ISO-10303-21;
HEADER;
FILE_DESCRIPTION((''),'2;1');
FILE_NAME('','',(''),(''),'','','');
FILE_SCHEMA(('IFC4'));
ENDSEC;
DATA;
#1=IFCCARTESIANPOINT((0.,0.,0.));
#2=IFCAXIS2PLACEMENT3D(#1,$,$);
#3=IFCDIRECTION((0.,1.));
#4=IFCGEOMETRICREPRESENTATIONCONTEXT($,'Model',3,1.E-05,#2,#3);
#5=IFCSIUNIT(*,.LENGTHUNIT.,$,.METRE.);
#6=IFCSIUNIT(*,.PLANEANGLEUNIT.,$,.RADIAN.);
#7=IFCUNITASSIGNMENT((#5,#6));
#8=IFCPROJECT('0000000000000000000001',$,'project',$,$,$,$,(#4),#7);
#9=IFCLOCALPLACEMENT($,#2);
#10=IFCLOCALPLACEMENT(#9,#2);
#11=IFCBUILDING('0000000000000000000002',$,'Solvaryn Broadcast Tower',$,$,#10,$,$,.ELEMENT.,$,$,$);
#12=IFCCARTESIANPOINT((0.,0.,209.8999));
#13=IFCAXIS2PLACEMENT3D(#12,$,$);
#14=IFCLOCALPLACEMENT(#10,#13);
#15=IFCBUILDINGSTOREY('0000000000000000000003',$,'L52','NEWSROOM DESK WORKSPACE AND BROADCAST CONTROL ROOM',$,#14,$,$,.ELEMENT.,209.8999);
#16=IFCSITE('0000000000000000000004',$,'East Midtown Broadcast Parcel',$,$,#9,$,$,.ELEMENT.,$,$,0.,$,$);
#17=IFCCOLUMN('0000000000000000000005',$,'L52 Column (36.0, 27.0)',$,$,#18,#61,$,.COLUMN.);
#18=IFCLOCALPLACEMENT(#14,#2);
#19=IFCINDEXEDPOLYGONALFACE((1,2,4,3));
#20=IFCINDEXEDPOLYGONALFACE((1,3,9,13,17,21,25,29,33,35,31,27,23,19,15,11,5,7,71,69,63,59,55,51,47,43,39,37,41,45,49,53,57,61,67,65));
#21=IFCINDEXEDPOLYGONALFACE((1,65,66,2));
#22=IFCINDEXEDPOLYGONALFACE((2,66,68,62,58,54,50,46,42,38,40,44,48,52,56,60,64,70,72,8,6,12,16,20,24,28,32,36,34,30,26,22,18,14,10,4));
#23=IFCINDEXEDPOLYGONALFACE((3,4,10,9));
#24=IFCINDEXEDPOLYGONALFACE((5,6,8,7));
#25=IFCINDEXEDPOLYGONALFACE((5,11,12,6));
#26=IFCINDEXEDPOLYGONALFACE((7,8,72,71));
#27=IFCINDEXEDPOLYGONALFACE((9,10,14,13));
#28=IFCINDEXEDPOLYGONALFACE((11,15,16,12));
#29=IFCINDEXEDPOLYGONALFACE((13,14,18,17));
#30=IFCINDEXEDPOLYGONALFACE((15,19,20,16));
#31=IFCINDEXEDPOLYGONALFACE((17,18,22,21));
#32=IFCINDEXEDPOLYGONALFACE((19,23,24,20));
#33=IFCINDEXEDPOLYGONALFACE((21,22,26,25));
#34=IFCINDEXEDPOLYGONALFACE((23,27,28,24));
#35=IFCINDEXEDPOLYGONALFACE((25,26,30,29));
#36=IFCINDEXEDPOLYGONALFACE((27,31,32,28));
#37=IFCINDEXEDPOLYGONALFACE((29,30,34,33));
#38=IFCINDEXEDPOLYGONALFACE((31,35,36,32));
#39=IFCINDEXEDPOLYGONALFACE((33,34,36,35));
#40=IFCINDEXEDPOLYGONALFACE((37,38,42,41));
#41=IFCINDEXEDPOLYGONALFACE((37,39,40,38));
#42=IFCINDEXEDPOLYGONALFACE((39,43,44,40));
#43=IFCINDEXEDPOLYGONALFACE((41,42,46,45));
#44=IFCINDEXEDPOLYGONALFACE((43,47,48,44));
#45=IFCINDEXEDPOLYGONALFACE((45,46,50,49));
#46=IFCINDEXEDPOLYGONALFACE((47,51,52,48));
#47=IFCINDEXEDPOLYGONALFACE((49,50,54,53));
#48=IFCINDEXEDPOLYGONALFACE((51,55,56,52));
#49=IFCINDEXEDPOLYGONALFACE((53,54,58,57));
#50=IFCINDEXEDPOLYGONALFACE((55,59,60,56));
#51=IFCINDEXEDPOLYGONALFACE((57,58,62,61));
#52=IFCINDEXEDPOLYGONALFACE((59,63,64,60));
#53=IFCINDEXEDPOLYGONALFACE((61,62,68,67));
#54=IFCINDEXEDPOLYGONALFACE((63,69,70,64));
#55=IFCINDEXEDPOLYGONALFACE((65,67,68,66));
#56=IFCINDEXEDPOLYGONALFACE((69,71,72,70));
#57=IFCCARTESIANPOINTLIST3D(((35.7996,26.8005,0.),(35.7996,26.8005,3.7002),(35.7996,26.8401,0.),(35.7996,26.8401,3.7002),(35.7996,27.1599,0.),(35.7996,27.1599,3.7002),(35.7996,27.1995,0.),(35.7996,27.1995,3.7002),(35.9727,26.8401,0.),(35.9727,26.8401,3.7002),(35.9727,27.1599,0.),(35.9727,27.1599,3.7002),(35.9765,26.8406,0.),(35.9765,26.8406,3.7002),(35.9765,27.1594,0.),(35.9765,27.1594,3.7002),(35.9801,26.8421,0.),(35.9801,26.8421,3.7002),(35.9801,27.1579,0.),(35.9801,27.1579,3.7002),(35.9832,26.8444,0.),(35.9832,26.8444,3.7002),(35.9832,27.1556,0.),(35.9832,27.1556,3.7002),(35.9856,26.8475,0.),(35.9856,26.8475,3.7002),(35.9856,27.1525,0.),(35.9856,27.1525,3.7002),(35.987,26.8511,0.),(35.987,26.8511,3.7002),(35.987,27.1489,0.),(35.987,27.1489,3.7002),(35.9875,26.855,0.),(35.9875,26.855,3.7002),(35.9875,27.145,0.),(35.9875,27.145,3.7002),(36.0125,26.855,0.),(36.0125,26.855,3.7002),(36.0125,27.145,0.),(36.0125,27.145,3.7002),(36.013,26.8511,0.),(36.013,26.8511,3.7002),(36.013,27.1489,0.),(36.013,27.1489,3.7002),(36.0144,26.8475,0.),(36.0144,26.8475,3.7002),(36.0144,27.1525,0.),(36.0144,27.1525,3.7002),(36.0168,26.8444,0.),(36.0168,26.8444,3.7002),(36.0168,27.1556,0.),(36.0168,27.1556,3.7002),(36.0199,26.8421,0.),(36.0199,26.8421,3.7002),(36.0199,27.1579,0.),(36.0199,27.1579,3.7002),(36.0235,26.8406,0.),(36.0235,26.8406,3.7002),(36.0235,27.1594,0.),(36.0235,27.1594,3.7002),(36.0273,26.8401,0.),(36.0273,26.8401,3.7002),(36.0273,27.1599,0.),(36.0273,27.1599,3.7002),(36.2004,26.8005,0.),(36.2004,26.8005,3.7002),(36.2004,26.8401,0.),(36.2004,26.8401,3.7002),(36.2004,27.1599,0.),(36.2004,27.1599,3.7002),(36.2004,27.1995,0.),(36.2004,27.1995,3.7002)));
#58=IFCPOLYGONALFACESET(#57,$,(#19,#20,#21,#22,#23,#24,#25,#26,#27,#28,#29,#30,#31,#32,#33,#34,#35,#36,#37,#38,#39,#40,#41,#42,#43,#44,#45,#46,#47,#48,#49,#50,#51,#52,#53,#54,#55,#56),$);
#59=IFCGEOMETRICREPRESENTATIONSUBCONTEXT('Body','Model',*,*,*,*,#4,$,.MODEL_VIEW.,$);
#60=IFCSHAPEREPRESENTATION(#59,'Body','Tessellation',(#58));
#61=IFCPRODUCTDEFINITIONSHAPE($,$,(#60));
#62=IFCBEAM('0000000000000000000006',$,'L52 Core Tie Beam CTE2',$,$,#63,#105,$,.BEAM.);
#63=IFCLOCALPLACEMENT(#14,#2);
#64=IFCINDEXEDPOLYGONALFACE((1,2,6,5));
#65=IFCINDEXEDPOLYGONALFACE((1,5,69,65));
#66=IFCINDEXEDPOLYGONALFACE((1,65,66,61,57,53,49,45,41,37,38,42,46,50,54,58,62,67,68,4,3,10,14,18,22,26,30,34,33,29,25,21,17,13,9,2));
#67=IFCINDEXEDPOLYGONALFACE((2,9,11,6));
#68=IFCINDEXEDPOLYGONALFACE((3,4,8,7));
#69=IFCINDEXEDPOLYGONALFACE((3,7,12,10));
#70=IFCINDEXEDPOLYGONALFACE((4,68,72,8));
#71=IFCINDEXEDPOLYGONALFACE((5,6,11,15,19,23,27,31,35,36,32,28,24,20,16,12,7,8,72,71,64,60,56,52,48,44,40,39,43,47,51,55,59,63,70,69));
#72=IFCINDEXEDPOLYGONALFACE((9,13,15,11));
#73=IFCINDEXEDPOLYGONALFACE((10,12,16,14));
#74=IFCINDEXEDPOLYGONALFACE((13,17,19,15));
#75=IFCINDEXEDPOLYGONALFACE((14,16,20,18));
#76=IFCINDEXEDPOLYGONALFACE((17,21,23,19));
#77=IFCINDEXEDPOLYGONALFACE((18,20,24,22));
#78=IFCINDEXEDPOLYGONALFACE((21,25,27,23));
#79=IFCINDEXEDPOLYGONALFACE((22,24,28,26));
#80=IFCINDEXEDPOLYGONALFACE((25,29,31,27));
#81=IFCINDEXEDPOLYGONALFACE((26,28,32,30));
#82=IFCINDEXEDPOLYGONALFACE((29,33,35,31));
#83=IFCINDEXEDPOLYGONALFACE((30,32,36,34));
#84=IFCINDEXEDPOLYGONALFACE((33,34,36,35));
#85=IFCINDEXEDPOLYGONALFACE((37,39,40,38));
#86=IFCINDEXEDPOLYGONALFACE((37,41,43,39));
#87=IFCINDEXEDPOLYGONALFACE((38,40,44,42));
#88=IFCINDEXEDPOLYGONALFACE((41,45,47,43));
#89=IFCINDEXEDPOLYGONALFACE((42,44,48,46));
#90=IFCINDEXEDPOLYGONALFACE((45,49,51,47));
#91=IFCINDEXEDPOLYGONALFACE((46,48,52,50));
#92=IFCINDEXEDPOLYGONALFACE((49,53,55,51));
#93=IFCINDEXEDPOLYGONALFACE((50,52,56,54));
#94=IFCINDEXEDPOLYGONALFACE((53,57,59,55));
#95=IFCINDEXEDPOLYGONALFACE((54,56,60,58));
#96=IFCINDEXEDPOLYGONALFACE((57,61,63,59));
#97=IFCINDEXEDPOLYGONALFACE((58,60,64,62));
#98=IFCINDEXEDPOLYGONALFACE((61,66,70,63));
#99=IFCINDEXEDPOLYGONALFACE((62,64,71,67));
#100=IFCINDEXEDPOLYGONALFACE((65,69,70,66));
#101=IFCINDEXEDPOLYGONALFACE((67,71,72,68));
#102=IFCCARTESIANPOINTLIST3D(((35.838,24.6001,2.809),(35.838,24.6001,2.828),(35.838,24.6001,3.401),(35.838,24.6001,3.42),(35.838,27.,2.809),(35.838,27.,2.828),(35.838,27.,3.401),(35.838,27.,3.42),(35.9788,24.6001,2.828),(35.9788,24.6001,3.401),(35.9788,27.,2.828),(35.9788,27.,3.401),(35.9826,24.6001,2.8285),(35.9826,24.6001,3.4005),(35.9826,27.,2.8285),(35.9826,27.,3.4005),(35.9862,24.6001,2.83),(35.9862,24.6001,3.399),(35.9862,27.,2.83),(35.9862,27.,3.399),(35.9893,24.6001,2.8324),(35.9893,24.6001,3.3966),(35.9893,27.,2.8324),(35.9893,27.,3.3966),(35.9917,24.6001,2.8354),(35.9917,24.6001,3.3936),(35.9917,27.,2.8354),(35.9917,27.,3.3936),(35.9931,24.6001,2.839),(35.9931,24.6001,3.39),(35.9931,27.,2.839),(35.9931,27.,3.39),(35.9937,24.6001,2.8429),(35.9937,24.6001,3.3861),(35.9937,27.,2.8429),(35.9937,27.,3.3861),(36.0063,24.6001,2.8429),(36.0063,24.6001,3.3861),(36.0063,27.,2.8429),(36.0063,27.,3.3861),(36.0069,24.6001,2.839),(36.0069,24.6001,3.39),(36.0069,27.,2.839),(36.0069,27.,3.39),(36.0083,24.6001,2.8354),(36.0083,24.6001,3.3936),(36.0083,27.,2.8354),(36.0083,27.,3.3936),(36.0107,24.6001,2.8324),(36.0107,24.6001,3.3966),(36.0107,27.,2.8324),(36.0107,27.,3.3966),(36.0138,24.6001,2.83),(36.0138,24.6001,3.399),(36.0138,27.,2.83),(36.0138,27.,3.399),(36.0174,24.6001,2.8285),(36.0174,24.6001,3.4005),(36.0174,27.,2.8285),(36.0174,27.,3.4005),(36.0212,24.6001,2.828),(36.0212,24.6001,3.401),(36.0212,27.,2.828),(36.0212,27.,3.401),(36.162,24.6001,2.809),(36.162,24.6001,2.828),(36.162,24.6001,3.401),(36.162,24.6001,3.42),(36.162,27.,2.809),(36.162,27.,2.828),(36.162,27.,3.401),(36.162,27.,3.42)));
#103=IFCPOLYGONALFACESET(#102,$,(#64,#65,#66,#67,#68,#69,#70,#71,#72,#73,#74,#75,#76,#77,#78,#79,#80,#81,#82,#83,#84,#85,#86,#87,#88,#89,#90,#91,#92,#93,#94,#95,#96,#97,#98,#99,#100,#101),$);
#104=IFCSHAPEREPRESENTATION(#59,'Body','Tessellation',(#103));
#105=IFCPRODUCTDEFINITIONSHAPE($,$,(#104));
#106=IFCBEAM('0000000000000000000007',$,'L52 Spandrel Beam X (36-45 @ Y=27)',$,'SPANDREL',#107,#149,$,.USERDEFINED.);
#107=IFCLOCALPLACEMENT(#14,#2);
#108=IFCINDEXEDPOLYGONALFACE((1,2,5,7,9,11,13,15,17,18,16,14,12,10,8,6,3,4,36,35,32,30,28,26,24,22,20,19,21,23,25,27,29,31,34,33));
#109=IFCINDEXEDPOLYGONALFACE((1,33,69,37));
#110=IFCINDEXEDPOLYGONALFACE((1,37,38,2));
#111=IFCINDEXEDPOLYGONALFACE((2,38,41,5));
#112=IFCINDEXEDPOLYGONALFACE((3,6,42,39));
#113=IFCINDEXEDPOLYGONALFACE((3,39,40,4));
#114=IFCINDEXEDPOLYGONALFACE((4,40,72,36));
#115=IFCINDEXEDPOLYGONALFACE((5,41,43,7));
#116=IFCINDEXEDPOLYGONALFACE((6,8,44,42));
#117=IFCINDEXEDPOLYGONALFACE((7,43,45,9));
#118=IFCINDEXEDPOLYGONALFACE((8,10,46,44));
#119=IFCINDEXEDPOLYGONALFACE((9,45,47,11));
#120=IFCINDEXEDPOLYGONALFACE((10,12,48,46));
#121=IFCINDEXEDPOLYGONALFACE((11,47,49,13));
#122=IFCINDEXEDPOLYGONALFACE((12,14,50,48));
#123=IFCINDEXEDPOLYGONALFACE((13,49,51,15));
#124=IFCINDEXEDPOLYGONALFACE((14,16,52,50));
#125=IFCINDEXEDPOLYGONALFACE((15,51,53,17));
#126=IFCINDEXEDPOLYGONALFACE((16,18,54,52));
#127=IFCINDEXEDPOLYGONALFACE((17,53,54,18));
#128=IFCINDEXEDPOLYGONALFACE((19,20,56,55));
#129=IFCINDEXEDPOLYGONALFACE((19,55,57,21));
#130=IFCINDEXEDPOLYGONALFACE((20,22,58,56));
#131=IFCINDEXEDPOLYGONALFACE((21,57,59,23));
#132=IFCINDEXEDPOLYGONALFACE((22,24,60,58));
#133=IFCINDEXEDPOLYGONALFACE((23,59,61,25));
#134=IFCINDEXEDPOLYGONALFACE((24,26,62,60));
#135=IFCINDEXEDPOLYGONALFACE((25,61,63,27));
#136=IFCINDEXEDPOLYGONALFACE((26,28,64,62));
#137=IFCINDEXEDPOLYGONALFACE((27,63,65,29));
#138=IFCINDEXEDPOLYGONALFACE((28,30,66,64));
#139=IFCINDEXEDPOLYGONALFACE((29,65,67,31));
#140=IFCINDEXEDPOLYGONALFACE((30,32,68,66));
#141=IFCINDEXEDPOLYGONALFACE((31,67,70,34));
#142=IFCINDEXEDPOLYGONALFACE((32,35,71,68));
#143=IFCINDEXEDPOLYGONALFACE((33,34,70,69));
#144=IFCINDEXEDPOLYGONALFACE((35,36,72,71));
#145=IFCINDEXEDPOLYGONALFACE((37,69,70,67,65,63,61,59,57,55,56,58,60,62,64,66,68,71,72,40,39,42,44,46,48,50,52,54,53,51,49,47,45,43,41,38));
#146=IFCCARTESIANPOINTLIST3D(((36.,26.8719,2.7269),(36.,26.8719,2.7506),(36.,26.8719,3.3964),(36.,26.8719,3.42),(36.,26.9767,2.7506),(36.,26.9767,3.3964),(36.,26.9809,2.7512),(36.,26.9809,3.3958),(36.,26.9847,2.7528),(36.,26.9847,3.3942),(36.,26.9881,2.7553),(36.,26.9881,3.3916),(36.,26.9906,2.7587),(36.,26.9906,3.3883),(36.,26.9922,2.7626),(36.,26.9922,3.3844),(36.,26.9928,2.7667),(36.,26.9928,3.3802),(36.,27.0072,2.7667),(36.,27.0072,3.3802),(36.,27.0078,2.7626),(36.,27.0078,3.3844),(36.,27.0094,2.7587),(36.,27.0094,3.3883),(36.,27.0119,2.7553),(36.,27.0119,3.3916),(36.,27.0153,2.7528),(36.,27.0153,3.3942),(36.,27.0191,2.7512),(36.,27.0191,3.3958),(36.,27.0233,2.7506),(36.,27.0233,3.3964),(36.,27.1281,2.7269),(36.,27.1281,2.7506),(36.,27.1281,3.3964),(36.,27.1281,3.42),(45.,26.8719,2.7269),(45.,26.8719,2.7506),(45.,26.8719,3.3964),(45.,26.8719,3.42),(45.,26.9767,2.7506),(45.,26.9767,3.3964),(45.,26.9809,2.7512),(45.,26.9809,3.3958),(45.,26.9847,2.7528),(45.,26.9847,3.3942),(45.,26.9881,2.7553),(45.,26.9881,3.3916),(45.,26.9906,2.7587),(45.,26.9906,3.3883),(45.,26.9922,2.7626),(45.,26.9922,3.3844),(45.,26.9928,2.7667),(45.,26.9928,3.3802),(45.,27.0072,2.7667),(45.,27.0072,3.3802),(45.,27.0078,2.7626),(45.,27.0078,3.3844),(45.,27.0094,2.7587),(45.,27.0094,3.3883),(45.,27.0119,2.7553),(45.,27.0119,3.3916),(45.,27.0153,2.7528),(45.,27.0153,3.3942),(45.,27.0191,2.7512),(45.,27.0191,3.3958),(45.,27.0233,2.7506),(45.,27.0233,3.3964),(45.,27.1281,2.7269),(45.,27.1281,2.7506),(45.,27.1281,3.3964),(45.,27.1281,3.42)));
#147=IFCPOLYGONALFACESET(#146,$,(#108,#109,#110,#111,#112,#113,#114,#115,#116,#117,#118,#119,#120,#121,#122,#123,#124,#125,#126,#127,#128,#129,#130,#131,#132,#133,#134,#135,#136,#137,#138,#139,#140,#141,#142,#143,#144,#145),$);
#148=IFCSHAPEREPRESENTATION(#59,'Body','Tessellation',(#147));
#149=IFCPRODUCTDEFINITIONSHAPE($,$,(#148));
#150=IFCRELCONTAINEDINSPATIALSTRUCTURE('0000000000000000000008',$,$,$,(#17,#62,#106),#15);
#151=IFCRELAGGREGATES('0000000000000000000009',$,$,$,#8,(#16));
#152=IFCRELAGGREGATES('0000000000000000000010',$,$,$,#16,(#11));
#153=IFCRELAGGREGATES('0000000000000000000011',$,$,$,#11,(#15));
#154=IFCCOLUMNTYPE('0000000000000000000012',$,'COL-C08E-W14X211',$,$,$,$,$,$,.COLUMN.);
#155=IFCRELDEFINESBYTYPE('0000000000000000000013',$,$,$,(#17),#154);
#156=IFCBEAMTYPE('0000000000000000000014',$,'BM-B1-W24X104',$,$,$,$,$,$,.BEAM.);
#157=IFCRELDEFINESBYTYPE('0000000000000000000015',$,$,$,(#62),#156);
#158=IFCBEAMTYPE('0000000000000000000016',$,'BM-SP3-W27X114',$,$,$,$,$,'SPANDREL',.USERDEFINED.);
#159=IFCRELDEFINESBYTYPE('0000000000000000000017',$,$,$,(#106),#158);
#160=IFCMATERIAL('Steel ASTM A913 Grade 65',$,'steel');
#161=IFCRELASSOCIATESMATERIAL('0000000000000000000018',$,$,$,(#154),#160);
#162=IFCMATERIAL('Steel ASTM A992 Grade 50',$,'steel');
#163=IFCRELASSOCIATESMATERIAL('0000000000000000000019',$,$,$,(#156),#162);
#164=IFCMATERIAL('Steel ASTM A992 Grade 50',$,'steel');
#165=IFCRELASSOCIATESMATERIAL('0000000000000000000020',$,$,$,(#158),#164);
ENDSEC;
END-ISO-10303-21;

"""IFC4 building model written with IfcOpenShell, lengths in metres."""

from ifc_helpers import new_model, si_unit, direction, frame, origin, origin_2d, place, context, subcontext, project, spatial, i_section, extrude, material, material_profile, profile_set, type_object, element, save


model = new_model("IFC4")

# Units and contexts
model_context = context("Model", 3, precision=1e-05, world=origin(), true_north=direction((0.0, 1.0)))
body_context = subcontext(model_context, "Body", "Model", "MODEL_VIEW")
ifc_project = project(units=[si_unit("LENGTHUNIT", "METRE"), si_unit("PLANEANGLEUNIT", "RADIAN")], contexts=[model_context])

# Site, building, storey
site_placement = place(None, origin())
site = spatial("IfcSite", under=ifc_project, at=site_placement, Name="East Midtown Broadcast Parcel", CompositionType="ELEMENT", RefElevation=0.0)
building_placement = place(site_placement, origin())
building = spatial("IfcBuilding", under=site, at=building_placement, Name="Solvaryn Broadcast Tower", CompositionType="ELEMENT")
storey_placement = place(building_placement, frame((0.0, 0.0, 209.8999)))
storey = spatial("IfcBuildingStorey", under=building, at=storey_placement, Name="L52", Description="NEWSROOM DESK WORKSPACE AND BROADCAST CONTROL ROOM", CompositionType="ELEMENT", Elevation=209.8999)

# Column
ifc_material_1 = material(Name="Steel ASTM A913 Grade 65", Category="steel")
ifc_material_profile_1 = material_profile(ifc_material_1, i_section(OverallWidth=0.4009, OverallDepth=0.3989, WebThickness=0.0249, FlangeThickness=0.0396, FilletRadius=0.0149, at=origin_2d()))
ifc_profile_set_1 = profile_set([ifc_material_profile_1], Name="Steel ASTM A913 Grade 65")
column_type = type_object("IfcColumnType", Name="COL-C08E-W14X211", PredefinedType="COLUMN", material=ifc_profile_set_1)
column_placement = place(storey_placement, frame((36.0, 27.0, 0.0), z_axis=(0.0, 0.0, 1.0), x_axis=(1.0, 0.0, 0.0)))
element("IfcColumn", 1, at=column_placement, inside=storey, type_object=column_type, Name="L52 Column (36.0, 27.0)", PredefinedType="COLUMN", context=body_context, shape_type="SweptSolid", body=[
    extrude(i_section(OverallWidth=0.4009, OverallDepth=0.3989, WebThickness=0.0249, FlangeThickness=0.0396, FilletRadius=0.0149, at=origin_2d()), origin(), (0.0, 0.0, 1.0), 3.7002),
])

# Beams
ifc_material_2 = material(Name="Steel ASTM A992 Grade 50", Category="steel")
ifc_material_profile_2 = material_profile(ifc_material_2, i_section(OverallWidth=0.324, OverallDepth=0.6111, WebThickness=0.0127, FlangeThickness=0.019, FilletRadius=0.0149, at=origin_2d()))
ifc_profile_set_2 = profile_set([ifc_material_profile_2], Name="Steel ASTM A992 Grade 50")
beam_type_1 = type_object("IfcBeamType", Name="BM-B1-W24X104", PredefinedType="BEAM", material=ifc_profile_set_2)
beam_1_placement = place(storey_placement, frame((36.0, 24.6001, 3.1145), z_axis=(0.0, 1.0, 0.0), x_axis=(-1.0, 0.0, 0.0)))
element("IfcBeam", 2, at=beam_1_placement, inside=storey, type_object=beam_type_1, Name="L52 Core Tie Beam CTE2", PredefinedType="BEAM", context=body_context, shape_type="SweptSolid", body=[
    extrude(i_section(OverallWidth=0.324, OverallDepth=0.6111, WebThickness=0.0127, FlangeThickness=0.019, FilletRadius=0.0149, at=origin_2d()), origin(), (0.0, 0.0, 1.0), 2.3999),
])
ifc_material_3 = material(Name="Steel ASTM A992 Grade 50", Category="steel")
ifc_material_profile_3 = material_profile(ifc_material_3, i_section(OverallWidth=0.2561, OverallDepth=0.6931, WebThickness=0.0144, FlangeThickness=0.0237, FilletRadius=0.0161, at=origin_2d()))
ifc_profile_set_3 = profile_set([ifc_material_profile_3], Name="Steel ASTM A992 Grade 50")
beam_type_2 = type_object("IfcBeamType", Name="BM-SP3-W27X114", ElementType="SPANDREL", PredefinedType="USERDEFINED", material=ifc_profile_set_3)
beam_2_placement = place(storey_placement, frame((36.0, 27.0, 3.0735), z_axis=(1.0, 0.0, 0.0), x_axis=(0.0, 1.0, 0.0)))
element("IfcBeam", 3, at=beam_2_placement, inside=storey, type_object=beam_type_2, Name="L52 Spandrel Beam X (36-45 @ Y=27)", ObjectType="SPANDREL", PredefinedType="USERDEFINED", context=body_context, shape_type="SweptSolid", body=[
    extrude(i_section(OverallWidth=0.2561, OverallDepth=0.6931, WebThickness=0.0144, FlangeThickness=0.0237, FilletRadius=0.0161, at=origin_2d()), origin(), (0.0, 0.0, 1.0), 9.0),
])

save(model, "model.ifc")
